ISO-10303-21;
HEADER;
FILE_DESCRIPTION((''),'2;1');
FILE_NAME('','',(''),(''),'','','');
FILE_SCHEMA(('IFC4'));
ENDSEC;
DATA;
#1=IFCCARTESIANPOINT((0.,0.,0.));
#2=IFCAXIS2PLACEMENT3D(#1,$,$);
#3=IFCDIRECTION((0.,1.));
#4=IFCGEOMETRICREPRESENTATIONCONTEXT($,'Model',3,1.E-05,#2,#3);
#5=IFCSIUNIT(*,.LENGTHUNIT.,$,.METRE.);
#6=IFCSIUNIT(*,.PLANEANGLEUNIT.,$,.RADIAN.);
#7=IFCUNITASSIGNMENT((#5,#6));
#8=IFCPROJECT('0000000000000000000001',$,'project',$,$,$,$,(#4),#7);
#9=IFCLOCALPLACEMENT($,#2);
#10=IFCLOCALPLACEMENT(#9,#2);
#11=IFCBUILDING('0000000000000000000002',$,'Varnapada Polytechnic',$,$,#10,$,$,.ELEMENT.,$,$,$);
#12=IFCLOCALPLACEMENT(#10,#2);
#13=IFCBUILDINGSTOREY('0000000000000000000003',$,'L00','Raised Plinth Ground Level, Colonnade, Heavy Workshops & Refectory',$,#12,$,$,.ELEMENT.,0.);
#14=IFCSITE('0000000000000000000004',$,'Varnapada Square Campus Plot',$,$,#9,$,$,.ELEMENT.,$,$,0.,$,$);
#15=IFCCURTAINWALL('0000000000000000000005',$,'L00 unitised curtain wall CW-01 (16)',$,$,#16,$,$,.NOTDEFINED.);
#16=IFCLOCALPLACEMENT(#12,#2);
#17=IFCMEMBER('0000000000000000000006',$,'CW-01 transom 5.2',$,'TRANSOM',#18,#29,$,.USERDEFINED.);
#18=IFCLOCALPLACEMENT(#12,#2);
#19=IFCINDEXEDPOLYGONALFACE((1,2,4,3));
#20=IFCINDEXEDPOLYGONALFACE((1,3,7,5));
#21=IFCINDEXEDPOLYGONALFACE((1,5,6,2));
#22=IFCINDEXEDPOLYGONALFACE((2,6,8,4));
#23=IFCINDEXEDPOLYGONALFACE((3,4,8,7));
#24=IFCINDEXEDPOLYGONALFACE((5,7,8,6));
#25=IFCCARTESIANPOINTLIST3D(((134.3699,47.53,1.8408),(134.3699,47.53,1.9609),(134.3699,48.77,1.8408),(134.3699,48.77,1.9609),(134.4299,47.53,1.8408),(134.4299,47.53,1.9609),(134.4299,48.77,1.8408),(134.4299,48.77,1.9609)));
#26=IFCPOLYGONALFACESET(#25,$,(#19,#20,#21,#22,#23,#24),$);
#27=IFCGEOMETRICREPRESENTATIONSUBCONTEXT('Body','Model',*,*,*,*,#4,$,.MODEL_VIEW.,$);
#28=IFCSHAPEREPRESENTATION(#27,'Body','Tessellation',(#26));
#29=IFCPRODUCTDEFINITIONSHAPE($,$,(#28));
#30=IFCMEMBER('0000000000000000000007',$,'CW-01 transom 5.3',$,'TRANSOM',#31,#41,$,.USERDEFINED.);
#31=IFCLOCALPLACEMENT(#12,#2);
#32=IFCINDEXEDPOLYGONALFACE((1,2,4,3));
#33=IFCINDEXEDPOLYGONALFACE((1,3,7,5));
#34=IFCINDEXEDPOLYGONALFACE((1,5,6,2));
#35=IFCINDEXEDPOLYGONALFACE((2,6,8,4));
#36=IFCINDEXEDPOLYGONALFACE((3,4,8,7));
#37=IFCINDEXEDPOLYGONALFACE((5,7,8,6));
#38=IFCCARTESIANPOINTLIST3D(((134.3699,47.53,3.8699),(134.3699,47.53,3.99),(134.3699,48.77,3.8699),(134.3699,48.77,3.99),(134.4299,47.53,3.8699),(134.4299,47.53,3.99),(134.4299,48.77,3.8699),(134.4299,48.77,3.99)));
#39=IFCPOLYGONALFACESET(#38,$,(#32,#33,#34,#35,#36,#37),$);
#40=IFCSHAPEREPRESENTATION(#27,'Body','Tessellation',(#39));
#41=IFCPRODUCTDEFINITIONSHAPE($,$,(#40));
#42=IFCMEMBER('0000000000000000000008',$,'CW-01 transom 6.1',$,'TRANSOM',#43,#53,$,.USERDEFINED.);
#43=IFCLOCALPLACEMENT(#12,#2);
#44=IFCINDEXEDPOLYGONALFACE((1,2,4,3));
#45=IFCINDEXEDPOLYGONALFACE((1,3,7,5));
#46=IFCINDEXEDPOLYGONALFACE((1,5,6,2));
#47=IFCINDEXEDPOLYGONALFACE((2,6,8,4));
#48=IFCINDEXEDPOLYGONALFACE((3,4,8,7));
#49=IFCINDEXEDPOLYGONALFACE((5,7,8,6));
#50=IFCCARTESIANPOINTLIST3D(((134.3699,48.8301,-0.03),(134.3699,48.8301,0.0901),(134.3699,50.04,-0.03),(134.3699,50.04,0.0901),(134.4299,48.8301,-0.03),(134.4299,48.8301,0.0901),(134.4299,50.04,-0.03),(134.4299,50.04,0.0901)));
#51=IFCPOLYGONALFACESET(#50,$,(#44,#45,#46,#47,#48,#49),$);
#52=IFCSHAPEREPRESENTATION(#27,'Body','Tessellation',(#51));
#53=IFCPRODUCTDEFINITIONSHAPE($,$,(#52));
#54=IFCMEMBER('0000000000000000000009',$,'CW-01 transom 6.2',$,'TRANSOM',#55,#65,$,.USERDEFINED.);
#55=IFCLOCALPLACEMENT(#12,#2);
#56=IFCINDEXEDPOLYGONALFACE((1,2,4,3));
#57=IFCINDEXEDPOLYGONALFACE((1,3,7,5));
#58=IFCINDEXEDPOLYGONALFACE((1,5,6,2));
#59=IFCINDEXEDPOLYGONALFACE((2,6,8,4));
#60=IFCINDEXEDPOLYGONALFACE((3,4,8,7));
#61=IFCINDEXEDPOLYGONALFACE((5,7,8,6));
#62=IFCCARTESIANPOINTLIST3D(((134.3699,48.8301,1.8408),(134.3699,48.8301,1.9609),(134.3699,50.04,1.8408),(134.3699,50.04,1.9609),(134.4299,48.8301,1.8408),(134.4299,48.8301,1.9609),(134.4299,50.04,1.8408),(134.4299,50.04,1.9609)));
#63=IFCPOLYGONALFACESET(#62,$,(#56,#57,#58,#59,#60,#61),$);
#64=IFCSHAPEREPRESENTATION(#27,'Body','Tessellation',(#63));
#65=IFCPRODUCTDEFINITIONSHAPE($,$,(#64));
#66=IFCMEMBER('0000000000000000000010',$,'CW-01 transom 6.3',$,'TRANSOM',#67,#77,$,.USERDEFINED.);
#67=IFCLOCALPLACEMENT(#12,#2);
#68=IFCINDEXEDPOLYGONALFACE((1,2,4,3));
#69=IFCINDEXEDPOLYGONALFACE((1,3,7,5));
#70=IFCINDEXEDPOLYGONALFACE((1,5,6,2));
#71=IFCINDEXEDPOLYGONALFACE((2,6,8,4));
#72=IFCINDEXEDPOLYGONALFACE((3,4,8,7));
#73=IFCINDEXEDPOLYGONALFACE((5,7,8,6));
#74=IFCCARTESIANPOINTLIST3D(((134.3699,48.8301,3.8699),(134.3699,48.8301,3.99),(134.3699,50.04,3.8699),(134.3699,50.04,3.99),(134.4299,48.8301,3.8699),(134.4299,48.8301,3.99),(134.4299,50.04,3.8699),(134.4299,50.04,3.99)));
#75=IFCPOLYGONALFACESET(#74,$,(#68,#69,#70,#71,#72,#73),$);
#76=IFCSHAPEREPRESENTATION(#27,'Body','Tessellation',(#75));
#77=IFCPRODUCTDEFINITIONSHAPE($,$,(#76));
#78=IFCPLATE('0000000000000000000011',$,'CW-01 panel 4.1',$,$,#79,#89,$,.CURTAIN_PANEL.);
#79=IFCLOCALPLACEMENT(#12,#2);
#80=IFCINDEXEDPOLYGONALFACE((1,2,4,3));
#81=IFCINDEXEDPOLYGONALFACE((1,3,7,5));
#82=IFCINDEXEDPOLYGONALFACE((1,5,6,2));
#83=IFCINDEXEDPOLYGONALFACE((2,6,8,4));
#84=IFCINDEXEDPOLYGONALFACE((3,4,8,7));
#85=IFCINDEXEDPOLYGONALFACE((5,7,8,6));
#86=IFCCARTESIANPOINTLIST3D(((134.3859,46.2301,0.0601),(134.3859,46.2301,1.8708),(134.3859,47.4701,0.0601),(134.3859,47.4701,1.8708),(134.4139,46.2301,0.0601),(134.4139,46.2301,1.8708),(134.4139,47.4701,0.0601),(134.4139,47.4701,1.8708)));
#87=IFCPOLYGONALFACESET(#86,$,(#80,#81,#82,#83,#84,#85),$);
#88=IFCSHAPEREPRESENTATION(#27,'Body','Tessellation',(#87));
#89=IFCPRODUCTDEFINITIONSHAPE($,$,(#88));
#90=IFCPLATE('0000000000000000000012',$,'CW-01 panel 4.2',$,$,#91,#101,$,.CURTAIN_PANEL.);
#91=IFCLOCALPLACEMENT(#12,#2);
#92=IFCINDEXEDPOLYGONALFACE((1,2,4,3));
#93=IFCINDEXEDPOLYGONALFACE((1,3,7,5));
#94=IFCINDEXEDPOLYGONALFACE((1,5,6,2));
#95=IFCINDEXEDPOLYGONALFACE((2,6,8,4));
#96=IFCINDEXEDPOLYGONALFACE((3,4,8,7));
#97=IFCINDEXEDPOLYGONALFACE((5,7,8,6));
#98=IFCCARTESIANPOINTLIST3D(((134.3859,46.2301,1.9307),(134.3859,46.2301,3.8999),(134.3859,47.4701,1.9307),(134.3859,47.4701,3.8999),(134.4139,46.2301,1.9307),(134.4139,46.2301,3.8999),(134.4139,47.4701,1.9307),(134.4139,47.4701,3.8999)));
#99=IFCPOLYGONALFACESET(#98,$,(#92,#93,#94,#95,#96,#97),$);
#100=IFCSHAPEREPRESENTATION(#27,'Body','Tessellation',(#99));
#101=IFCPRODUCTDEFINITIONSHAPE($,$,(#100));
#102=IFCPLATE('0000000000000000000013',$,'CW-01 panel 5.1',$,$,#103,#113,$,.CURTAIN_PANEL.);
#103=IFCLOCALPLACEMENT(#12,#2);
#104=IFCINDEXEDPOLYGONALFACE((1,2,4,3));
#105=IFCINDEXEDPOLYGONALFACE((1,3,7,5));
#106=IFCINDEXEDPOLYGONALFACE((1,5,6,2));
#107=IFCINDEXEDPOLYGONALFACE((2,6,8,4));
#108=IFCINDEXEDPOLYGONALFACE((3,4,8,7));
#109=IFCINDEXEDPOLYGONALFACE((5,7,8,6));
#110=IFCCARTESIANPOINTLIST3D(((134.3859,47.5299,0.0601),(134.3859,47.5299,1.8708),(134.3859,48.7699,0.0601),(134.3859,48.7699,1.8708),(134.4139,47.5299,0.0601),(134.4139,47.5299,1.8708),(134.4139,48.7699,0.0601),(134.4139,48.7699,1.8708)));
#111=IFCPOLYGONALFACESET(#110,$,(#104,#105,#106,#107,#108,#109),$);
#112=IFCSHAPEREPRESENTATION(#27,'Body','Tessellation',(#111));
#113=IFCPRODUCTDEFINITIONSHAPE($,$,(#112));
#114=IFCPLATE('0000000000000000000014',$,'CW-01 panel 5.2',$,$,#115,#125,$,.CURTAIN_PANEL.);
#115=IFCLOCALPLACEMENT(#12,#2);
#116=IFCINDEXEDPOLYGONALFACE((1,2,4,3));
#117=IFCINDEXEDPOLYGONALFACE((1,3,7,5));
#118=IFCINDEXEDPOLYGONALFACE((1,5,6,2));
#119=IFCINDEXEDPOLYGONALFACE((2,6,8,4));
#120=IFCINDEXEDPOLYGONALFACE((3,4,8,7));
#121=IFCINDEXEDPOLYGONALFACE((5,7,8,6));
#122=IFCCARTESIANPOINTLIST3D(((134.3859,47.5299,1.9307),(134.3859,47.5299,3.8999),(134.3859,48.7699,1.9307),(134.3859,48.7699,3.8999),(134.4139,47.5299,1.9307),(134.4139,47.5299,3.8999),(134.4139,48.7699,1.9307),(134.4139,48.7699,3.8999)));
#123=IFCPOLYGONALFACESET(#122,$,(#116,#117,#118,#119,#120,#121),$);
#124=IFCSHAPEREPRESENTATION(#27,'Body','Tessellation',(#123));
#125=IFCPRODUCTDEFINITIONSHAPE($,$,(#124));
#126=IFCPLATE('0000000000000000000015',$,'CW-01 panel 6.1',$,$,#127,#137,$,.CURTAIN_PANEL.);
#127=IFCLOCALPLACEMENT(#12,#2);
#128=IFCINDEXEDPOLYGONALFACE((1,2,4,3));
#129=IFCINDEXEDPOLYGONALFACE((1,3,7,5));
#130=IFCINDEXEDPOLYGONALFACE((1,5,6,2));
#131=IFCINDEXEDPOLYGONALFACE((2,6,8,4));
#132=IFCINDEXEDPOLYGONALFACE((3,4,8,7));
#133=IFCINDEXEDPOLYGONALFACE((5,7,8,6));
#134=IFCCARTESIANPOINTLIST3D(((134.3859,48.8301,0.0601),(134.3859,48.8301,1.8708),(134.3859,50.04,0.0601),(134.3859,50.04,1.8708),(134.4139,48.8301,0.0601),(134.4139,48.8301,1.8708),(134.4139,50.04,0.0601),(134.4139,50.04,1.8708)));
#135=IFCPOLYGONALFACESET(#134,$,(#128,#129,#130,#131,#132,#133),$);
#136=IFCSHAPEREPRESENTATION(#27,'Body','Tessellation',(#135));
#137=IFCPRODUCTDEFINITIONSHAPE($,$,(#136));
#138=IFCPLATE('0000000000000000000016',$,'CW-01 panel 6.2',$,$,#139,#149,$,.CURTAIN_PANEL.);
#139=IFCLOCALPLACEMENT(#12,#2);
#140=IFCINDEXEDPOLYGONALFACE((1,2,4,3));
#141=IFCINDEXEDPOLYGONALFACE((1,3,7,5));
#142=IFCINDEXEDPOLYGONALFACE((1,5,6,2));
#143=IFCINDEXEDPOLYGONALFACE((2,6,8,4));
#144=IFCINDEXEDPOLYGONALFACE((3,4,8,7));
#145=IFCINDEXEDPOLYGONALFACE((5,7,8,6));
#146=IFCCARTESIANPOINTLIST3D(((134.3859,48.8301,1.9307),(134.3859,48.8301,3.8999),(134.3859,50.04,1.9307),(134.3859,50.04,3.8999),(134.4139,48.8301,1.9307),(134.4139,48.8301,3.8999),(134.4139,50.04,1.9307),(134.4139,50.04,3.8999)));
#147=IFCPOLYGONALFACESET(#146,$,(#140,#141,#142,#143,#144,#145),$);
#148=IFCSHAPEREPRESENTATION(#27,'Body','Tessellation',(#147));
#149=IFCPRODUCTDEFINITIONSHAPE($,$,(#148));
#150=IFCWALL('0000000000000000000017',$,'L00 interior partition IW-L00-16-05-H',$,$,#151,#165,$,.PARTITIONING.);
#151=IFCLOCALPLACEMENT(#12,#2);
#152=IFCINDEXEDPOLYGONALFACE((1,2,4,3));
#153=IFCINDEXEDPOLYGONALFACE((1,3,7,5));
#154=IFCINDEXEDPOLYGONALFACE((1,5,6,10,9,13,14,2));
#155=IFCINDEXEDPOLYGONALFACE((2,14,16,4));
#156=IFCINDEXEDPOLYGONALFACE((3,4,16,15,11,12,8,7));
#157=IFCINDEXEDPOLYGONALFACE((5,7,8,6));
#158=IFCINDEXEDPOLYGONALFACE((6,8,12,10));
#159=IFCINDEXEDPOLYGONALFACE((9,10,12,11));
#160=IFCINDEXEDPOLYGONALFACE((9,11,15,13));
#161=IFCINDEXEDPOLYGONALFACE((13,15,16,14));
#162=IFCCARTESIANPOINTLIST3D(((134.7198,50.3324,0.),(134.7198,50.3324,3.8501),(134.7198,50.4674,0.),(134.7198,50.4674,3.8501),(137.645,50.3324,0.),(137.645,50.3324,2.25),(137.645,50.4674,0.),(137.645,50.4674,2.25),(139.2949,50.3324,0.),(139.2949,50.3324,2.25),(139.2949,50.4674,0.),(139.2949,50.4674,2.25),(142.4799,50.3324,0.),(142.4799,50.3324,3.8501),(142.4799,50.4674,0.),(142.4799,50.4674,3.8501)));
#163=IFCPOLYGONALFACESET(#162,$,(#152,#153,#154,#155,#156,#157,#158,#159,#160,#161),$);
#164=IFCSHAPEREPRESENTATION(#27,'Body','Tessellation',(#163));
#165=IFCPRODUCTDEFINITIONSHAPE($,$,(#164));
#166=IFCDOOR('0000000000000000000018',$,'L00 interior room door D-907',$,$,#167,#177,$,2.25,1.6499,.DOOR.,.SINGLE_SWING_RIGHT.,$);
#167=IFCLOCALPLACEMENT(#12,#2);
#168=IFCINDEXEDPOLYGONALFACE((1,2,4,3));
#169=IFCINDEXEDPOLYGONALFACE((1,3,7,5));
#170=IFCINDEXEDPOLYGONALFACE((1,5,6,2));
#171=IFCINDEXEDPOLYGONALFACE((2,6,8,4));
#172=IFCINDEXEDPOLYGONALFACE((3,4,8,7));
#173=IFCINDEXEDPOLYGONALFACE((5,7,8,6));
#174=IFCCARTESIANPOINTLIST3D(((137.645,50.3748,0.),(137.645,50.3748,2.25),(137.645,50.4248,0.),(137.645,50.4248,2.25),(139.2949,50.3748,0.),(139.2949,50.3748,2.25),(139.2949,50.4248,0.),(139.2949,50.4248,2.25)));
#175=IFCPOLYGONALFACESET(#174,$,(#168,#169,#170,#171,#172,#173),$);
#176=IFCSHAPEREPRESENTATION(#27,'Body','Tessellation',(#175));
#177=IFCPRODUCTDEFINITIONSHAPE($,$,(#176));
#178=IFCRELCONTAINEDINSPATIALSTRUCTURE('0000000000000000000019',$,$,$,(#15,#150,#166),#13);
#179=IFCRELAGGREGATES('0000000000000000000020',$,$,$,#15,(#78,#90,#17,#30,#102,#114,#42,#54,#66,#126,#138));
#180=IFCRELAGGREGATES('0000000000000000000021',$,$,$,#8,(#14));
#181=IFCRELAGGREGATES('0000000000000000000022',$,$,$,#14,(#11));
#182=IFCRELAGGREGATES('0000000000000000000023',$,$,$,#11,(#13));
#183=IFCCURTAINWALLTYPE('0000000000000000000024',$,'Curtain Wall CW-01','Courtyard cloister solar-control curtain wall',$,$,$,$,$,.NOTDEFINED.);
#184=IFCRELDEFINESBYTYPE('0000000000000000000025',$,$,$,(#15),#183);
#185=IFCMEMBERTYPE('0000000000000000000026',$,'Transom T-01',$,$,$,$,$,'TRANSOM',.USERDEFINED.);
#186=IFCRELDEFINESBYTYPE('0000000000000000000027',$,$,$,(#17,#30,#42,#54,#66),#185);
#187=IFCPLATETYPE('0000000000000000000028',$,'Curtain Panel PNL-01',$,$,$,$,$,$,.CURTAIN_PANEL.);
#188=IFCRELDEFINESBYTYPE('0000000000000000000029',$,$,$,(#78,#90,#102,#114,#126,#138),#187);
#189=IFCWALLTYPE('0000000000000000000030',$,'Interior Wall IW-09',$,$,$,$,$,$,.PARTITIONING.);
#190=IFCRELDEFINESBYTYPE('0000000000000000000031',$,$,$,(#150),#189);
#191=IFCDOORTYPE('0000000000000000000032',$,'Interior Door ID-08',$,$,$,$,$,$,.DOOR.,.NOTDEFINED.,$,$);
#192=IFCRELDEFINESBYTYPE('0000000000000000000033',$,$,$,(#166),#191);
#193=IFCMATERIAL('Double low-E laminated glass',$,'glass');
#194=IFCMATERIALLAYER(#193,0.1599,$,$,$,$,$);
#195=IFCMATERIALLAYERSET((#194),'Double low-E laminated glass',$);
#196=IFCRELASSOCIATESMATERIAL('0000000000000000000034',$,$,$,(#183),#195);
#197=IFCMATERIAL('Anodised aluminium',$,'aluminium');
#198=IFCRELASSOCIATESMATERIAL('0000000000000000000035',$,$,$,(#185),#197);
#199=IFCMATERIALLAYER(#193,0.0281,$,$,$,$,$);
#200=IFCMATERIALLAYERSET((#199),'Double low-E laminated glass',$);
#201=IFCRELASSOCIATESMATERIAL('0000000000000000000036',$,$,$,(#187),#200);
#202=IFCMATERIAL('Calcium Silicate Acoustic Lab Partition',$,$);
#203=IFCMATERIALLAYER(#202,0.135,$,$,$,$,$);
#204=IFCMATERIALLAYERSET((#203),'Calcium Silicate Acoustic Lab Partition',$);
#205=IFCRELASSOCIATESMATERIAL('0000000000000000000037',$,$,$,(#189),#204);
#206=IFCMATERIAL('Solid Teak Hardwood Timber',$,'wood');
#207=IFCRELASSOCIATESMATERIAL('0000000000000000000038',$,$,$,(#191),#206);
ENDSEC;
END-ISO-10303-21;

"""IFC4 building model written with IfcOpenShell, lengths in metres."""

from ifc_helpers import new_model, si_unit, direction, frame, frame_2d, origin, origin_2d, place, context, subcontext, project, spatial, rectangle, extrude, material, layer, layer_set, material_profile, profile_set, type_object, element, fill, aggregate, save


model = new_model("IFC4")

# Units and contexts
model_context = context("Model", 3, precision=1e-05, world=origin(), true_north=direction((0.0, 1.0)))
body_context = subcontext(model_context, "Body", "Model", "MODEL_VIEW")
ifc_project = project(units=[si_unit("LENGTHUNIT", "METRE"), si_unit("PLANEANGLEUNIT", "RADIAN")], contexts=[model_context])

# Site, building, storey
site_placement = place(None, origin())
site = spatial("IfcSite", under=ifc_project, at=site_placement, Name="Varnapada Square Campus Plot", CompositionType="ELEMENT", RefElevation=0.0)
building_placement = place(site_placement, origin())
building = spatial("IfcBuilding", under=site, at=building_placement, Name="Varnapada Polytechnic", CompositionType="ELEMENT")
storey_placement = place(building_placement, origin())
storey = spatial("IfcBuildingStorey", under=building, at=storey_placement, Name="L00", Description="Raised Plinth Ground Level, Colonnade, Heavy Workshops & Refectory", CompositionType="ELEMENT", Elevation=0.0)

# Curtain wall
ifc_material_1 = material(Name="Double low-E laminated glass", Category="glass")
ifc_layer_1 = layer(ifc_material_1, 0.1599)
ifc_layer_set_1 = layer_set([ifc_layer_1], Name="Double low-E laminated glass")
curtain_wall_type = type_object("IfcCurtainWallType", Name="Curtain Wall CW-01", Description="Courtyard cloister solar-control curtain wall", PredefinedType="NOTDEFINED", material=ifc_layer_set_1)
curtain_wall_placement = place(storey_placement, origin())
curtain_wall = element("IfcCurtainWall", 1, at=curtain_wall_placement, inside=storey, type_object=curtain_wall_type, Name="L00 unitised curtain wall CW-01 (16)", PredefinedType="NOTDEFINED")
ifc_material_2 = material(Name="Anodised aluminium", Category="aluminium")

# Members
ifc_material_profile_1 = material_profile(ifc_material_2, rectangle(XDim=0.0601, YDim=0.1201, at=origin_2d()), Name="ALU T60x120")
ifc_profile_set_1 = profile_set([ifc_material_profile_1], Name="Anodised aluminium")
member_type_1 = type_object("IfcMemberType", Name="Transom T-01", ElementType="TRANSOM", PredefinedType="USERDEFINED", material=ifc_profile_set_1)
member_1_placement = place(storey_placement, frame((134.3999, 47.53, 1.9009), z_axis=(0.0, 1.0, 0.0), x_axis=(-1.0, 0.0, 0.0)))
member_1 = element("IfcMember", 2, at=member_1_placement, type_object=member_type_1, Name="CW-01 transom 5.2", ObjectType="TRANSOM", PredefinedType="USERDEFINED", context=body_context, shape_type="SweptSolid", body=[
    extrude(rectangle(XDim=0.0601, YDim=0.1201, at=origin_2d()), origin(), (0.0, 0.0, 1.0), 1.24),
])
member_2_placement = place(storey_placement, frame((134.3999, 47.53, 3.9299), z_axis=(0.0, 1.0, 0.0), x_axis=(-1.0, 0.0, 0.0)))
member_2 = element("IfcMember", 3, at=member_2_placement, type_object=member_type_1, Name="CW-01 transom 5.3", ObjectType="TRANSOM", PredefinedType="USERDEFINED", context=body_context, shape_type="SweptSolid", body=[
    extrude(rectangle(XDim=0.0601, YDim=0.1201, at=origin_2d()), origin(), (0.0, 0.0, 1.0), 1.24),
])
member_3_placement = place(storey_placement, frame((134.3999, 48.8301, 0.03), z_axis=(0.0, 1.0, 0.0), x_axis=(-1.0, 0.0, 0.0)))
member_3 = element("IfcMember", 4, at=member_3_placement, type_object=member_type_1, Name="CW-01 transom 6.1", ObjectType="TRANSOM", PredefinedType="USERDEFINED", context=body_context, shape_type="SweptSolid", body=[
    extrude(rectangle(XDim=0.0601, YDim=0.1201, at=origin_2d()), origin(), (0.0, 0.0, 1.0), 1.21),
])
member_4_placement = place(storey_placement, frame((134.3999, 48.8301, 1.9009), z_axis=(0.0, 1.0, 0.0), x_axis=(-1.0, 0.0, 0.0)))
member_4 = element("IfcMember", 5, at=member_4_placement, type_object=member_type_1, Name="CW-01 transom 6.2", ObjectType="TRANSOM", PredefinedType="USERDEFINED", context=body_context, shape_type="SweptSolid", body=[
    extrude(rectangle(XDim=0.0601, YDim=0.1201, at=origin_2d()), origin(), (0.0, 0.0, 1.0), 1.21),
])
member_5_placement = place(storey_placement, frame((134.3999, 48.8301, 3.9299), z_axis=(0.0, 1.0, 0.0), x_axis=(-1.0, 0.0, 0.0)))
member_5 = element("IfcMember", 6, at=member_5_placement, type_object=member_type_1, Name="CW-01 transom 6.3", ObjectType="TRANSOM", PredefinedType="USERDEFINED", context=body_context, shape_type="SweptSolid", body=[
    extrude(rectangle(XDim=0.0601, YDim=0.1201, at=origin_2d()), origin(), (0.0, 0.0, 1.0), 1.21),
])

# Plates
ifc_layer_2 = layer(ifc_material_1, 0.0281)
ifc_layer_set_2 = layer_set([ifc_layer_2], Name="Double low-E laminated glass")
plate_type = type_object("IfcPlateType", Name="Curtain Panel PNL-01", PredefinedType="CURTAIN_PANEL", material=ifc_layer_set_2)
plate_1_placement = place(storey_placement, frame((134.3999, 46.8501, 0.0601), z_axis=(0.0, 0.0, 1.0), x_axis=(0.0, 1.0, 0.0)))
plate_1 = element("IfcPlate", 7, at=plate_1_placement, type_object=plate_type, Name="CW-01 panel 4.1", PredefinedType="CURTAIN_PANEL", context=body_context, shape_type="SweptSolid", body=[
    extrude(rectangle(XDim=1.24, YDim=0.0281, at=origin_2d()), origin(), (0.0, 0.0, 1.0), 1.8108),
])
plate_2_placement = place(storey_placement, frame((134.3999, 46.8501, 1.9307), z_axis=(0.0, 0.0, 1.0), x_axis=(0.0, 1.0, 0.0)))
plate_2 = element("IfcPlate", 8, at=plate_2_placement, type_object=plate_type, Name="CW-01 panel 4.2", PredefinedType="CURTAIN_PANEL", context=body_context, shape_type="SweptSolid", body=[
    extrude(rectangle(XDim=1.24, YDim=0.0281, at=origin_2d()), origin(), (0.0, 0.0, 1.0), 1.9692),
])
plate_3_placement = place(storey_placement, frame((134.3999, 48.1499, 0.0601), z_axis=(0.0, 0.0, 1.0), x_axis=(0.0, 1.0, 0.0)))
plate_3 = element("IfcPlate", 9, at=plate_3_placement, type_object=plate_type, Name="CW-01 panel 5.1", PredefinedType="CURTAIN_PANEL", context=body_context, shape_type="SweptSolid", body=[
    extrude(rectangle(XDim=1.24, YDim=0.0281, at=origin_2d()), origin(), (0.0, 0.0, 1.0), 1.8108),
])
plate_4_placement = place(storey_placement, frame((134.3999, 48.1499, 1.9307), z_axis=(0.0, 0.0, 1.0), x_axis=(0.0, 1.0, 0.0)))
plate_4 = element("IfcPlate", 10, at=plate_4_placement, type_object=plate_type, Name="CW-01 panel 5.2", PredefinedType="CURTAIN_PANEL", context=body_context, shape_type="SweptSolid", body=[
    extrude(rectangle(XDim=1.24, YDim=0.0281, at=origin_2d()), origin(), (0.0, 0.0, 1.0), 1.9692),
])
plate_5_placement = place(storey_placement, frame((134.3999, 49.4351, 0.0601), z_axis=(0.0, 0.0, 1.0), x_axis=(0.0, 1.0, 0.0)))
plate_5 = element("IfcPlate", 11, at=plate_5_placement, type_object=plate_type, Name="CW-01 panel 6.1", PredefinedType="CURTAIN_PANEL", context=body_context, shape_type="SweptSolid", body=[
    extrude(rectangle(XDim=1.21, YDim=0.0281, at=origin_2d()), origin(), (0.0, 0.0, 1.0), 1.8108),
])
plate_6_placement = place(storey_placement, frame((134.3999, 49.4351, 1.9307), z_axis=(0.0, 0.0, 1.0), x_axis=(0.0, 1.0, 0.0)))
plate_6 = element("IfcPlate", 12, at=plate_6_placement, type_object=plate_type, Name="CW-01 panel 6.2", PredefinedType="CURTAIN_PANEL", context=body_context, shape_type="SweptSolid", body=[
    extrude(rectangle(XDim=1.21, YDim=0.0281, at=origin_2d()), origin(), (0.0, 0.0, 1.0), 1.9692),
])
aggregate(curtain_wall, [plate_1, plate_2, member_1, member_2, plate_3, plate_4, member_3, member_4, member_5, plate_5, plate_6])

# Wall, opening, door
ifc_material_3 = material(Name="Calcium Silicate Acoustic Lab Partition")
ifc_layer_3 = layer(ifc_material_3, 0.135)
ifc_layer_set_3 = layer_set([ifc_layer_3], Name="Calcium Silicate Acoustic Lab Partition")
wall_type = type_object("IfcWallType", Name="Interior Wall IW-09", PredefinedType="PARTITIONING", material=ifc_layer_set_3)
wall_placement = place(storey_placement, frame((134.72, 50.3999, 0.0), z_axis=(0.0, 0.0, 1.0), x_axis=(1.0, 0.0, 0.0)))
wall = element("IfcWall", 13, at=wall_placement, inside=storey, type_object=wall_type, Name="L00 interior partition IW-L00-16-05-H", PredefinedType="PARTITIONING", context=body_context, shape_type="SweptSolid", body=[
    extrude(rectangle(XDim=7.76, YDim=0.135, at=frame_2d((3.8799, 0.0))), origin(), (0.0, 0.0, 1.0), 3.8501),
])
opening_placement = place(wall_placement, frame((2.925, 0.0, 0.0)))
opening = element("IfcOpeningElement", 14, at=opening_placement, cuts=wall, PredefinedType="OPENING", context=body_context, shape_type="SweptSolid", body=[
    extrude(rectangle(XDim=1.6499, YDim=2.25, at=frame_2d((0.825, 1.125))), frame((0.0, 0.0774, 0.0), z_axis=(0.0, -1.0, 0.0), x_axis=(1.0, 0.0, 0.0)), (0.0, 0.0, 1.0), 0.155),
])
ifc_material_4 = material(Name="Solid Teak Hardwood Timber", Category="wood")
door_type = type_object("IfcDoorType", Name="Interior Door ID-08", OperationType="NOTDEFINED", PredefinedType="DOOR", material=ifc_material_4)
door_placement = place(opening_placement, origin())
door = element("IfcDoor", 15, at=door_placement, inside=storey, type_object=door_type, Name="L00 interior room door D-907", OperationType="SINGLE_SWING_RIGHT", OverallHeight=2.25, OverallWidth=1.6499, PredefinedType="DOOR", context=body_context, shape_type="SweptSolid", body=[
    extrude(rectangle(XDim=1.6499, YDim=2.25, at=frame_2d((0.825, 1.125))), frame((0.0, 0.0249, 0.0), z_axis=(0.0, -1.0, 0.0), x_axis=(1.0, 0.0, 0.0)), (0.0, 0.0, 1.0), 0.05),
])
fill(opening, door)

save(model, "model.ifc")
